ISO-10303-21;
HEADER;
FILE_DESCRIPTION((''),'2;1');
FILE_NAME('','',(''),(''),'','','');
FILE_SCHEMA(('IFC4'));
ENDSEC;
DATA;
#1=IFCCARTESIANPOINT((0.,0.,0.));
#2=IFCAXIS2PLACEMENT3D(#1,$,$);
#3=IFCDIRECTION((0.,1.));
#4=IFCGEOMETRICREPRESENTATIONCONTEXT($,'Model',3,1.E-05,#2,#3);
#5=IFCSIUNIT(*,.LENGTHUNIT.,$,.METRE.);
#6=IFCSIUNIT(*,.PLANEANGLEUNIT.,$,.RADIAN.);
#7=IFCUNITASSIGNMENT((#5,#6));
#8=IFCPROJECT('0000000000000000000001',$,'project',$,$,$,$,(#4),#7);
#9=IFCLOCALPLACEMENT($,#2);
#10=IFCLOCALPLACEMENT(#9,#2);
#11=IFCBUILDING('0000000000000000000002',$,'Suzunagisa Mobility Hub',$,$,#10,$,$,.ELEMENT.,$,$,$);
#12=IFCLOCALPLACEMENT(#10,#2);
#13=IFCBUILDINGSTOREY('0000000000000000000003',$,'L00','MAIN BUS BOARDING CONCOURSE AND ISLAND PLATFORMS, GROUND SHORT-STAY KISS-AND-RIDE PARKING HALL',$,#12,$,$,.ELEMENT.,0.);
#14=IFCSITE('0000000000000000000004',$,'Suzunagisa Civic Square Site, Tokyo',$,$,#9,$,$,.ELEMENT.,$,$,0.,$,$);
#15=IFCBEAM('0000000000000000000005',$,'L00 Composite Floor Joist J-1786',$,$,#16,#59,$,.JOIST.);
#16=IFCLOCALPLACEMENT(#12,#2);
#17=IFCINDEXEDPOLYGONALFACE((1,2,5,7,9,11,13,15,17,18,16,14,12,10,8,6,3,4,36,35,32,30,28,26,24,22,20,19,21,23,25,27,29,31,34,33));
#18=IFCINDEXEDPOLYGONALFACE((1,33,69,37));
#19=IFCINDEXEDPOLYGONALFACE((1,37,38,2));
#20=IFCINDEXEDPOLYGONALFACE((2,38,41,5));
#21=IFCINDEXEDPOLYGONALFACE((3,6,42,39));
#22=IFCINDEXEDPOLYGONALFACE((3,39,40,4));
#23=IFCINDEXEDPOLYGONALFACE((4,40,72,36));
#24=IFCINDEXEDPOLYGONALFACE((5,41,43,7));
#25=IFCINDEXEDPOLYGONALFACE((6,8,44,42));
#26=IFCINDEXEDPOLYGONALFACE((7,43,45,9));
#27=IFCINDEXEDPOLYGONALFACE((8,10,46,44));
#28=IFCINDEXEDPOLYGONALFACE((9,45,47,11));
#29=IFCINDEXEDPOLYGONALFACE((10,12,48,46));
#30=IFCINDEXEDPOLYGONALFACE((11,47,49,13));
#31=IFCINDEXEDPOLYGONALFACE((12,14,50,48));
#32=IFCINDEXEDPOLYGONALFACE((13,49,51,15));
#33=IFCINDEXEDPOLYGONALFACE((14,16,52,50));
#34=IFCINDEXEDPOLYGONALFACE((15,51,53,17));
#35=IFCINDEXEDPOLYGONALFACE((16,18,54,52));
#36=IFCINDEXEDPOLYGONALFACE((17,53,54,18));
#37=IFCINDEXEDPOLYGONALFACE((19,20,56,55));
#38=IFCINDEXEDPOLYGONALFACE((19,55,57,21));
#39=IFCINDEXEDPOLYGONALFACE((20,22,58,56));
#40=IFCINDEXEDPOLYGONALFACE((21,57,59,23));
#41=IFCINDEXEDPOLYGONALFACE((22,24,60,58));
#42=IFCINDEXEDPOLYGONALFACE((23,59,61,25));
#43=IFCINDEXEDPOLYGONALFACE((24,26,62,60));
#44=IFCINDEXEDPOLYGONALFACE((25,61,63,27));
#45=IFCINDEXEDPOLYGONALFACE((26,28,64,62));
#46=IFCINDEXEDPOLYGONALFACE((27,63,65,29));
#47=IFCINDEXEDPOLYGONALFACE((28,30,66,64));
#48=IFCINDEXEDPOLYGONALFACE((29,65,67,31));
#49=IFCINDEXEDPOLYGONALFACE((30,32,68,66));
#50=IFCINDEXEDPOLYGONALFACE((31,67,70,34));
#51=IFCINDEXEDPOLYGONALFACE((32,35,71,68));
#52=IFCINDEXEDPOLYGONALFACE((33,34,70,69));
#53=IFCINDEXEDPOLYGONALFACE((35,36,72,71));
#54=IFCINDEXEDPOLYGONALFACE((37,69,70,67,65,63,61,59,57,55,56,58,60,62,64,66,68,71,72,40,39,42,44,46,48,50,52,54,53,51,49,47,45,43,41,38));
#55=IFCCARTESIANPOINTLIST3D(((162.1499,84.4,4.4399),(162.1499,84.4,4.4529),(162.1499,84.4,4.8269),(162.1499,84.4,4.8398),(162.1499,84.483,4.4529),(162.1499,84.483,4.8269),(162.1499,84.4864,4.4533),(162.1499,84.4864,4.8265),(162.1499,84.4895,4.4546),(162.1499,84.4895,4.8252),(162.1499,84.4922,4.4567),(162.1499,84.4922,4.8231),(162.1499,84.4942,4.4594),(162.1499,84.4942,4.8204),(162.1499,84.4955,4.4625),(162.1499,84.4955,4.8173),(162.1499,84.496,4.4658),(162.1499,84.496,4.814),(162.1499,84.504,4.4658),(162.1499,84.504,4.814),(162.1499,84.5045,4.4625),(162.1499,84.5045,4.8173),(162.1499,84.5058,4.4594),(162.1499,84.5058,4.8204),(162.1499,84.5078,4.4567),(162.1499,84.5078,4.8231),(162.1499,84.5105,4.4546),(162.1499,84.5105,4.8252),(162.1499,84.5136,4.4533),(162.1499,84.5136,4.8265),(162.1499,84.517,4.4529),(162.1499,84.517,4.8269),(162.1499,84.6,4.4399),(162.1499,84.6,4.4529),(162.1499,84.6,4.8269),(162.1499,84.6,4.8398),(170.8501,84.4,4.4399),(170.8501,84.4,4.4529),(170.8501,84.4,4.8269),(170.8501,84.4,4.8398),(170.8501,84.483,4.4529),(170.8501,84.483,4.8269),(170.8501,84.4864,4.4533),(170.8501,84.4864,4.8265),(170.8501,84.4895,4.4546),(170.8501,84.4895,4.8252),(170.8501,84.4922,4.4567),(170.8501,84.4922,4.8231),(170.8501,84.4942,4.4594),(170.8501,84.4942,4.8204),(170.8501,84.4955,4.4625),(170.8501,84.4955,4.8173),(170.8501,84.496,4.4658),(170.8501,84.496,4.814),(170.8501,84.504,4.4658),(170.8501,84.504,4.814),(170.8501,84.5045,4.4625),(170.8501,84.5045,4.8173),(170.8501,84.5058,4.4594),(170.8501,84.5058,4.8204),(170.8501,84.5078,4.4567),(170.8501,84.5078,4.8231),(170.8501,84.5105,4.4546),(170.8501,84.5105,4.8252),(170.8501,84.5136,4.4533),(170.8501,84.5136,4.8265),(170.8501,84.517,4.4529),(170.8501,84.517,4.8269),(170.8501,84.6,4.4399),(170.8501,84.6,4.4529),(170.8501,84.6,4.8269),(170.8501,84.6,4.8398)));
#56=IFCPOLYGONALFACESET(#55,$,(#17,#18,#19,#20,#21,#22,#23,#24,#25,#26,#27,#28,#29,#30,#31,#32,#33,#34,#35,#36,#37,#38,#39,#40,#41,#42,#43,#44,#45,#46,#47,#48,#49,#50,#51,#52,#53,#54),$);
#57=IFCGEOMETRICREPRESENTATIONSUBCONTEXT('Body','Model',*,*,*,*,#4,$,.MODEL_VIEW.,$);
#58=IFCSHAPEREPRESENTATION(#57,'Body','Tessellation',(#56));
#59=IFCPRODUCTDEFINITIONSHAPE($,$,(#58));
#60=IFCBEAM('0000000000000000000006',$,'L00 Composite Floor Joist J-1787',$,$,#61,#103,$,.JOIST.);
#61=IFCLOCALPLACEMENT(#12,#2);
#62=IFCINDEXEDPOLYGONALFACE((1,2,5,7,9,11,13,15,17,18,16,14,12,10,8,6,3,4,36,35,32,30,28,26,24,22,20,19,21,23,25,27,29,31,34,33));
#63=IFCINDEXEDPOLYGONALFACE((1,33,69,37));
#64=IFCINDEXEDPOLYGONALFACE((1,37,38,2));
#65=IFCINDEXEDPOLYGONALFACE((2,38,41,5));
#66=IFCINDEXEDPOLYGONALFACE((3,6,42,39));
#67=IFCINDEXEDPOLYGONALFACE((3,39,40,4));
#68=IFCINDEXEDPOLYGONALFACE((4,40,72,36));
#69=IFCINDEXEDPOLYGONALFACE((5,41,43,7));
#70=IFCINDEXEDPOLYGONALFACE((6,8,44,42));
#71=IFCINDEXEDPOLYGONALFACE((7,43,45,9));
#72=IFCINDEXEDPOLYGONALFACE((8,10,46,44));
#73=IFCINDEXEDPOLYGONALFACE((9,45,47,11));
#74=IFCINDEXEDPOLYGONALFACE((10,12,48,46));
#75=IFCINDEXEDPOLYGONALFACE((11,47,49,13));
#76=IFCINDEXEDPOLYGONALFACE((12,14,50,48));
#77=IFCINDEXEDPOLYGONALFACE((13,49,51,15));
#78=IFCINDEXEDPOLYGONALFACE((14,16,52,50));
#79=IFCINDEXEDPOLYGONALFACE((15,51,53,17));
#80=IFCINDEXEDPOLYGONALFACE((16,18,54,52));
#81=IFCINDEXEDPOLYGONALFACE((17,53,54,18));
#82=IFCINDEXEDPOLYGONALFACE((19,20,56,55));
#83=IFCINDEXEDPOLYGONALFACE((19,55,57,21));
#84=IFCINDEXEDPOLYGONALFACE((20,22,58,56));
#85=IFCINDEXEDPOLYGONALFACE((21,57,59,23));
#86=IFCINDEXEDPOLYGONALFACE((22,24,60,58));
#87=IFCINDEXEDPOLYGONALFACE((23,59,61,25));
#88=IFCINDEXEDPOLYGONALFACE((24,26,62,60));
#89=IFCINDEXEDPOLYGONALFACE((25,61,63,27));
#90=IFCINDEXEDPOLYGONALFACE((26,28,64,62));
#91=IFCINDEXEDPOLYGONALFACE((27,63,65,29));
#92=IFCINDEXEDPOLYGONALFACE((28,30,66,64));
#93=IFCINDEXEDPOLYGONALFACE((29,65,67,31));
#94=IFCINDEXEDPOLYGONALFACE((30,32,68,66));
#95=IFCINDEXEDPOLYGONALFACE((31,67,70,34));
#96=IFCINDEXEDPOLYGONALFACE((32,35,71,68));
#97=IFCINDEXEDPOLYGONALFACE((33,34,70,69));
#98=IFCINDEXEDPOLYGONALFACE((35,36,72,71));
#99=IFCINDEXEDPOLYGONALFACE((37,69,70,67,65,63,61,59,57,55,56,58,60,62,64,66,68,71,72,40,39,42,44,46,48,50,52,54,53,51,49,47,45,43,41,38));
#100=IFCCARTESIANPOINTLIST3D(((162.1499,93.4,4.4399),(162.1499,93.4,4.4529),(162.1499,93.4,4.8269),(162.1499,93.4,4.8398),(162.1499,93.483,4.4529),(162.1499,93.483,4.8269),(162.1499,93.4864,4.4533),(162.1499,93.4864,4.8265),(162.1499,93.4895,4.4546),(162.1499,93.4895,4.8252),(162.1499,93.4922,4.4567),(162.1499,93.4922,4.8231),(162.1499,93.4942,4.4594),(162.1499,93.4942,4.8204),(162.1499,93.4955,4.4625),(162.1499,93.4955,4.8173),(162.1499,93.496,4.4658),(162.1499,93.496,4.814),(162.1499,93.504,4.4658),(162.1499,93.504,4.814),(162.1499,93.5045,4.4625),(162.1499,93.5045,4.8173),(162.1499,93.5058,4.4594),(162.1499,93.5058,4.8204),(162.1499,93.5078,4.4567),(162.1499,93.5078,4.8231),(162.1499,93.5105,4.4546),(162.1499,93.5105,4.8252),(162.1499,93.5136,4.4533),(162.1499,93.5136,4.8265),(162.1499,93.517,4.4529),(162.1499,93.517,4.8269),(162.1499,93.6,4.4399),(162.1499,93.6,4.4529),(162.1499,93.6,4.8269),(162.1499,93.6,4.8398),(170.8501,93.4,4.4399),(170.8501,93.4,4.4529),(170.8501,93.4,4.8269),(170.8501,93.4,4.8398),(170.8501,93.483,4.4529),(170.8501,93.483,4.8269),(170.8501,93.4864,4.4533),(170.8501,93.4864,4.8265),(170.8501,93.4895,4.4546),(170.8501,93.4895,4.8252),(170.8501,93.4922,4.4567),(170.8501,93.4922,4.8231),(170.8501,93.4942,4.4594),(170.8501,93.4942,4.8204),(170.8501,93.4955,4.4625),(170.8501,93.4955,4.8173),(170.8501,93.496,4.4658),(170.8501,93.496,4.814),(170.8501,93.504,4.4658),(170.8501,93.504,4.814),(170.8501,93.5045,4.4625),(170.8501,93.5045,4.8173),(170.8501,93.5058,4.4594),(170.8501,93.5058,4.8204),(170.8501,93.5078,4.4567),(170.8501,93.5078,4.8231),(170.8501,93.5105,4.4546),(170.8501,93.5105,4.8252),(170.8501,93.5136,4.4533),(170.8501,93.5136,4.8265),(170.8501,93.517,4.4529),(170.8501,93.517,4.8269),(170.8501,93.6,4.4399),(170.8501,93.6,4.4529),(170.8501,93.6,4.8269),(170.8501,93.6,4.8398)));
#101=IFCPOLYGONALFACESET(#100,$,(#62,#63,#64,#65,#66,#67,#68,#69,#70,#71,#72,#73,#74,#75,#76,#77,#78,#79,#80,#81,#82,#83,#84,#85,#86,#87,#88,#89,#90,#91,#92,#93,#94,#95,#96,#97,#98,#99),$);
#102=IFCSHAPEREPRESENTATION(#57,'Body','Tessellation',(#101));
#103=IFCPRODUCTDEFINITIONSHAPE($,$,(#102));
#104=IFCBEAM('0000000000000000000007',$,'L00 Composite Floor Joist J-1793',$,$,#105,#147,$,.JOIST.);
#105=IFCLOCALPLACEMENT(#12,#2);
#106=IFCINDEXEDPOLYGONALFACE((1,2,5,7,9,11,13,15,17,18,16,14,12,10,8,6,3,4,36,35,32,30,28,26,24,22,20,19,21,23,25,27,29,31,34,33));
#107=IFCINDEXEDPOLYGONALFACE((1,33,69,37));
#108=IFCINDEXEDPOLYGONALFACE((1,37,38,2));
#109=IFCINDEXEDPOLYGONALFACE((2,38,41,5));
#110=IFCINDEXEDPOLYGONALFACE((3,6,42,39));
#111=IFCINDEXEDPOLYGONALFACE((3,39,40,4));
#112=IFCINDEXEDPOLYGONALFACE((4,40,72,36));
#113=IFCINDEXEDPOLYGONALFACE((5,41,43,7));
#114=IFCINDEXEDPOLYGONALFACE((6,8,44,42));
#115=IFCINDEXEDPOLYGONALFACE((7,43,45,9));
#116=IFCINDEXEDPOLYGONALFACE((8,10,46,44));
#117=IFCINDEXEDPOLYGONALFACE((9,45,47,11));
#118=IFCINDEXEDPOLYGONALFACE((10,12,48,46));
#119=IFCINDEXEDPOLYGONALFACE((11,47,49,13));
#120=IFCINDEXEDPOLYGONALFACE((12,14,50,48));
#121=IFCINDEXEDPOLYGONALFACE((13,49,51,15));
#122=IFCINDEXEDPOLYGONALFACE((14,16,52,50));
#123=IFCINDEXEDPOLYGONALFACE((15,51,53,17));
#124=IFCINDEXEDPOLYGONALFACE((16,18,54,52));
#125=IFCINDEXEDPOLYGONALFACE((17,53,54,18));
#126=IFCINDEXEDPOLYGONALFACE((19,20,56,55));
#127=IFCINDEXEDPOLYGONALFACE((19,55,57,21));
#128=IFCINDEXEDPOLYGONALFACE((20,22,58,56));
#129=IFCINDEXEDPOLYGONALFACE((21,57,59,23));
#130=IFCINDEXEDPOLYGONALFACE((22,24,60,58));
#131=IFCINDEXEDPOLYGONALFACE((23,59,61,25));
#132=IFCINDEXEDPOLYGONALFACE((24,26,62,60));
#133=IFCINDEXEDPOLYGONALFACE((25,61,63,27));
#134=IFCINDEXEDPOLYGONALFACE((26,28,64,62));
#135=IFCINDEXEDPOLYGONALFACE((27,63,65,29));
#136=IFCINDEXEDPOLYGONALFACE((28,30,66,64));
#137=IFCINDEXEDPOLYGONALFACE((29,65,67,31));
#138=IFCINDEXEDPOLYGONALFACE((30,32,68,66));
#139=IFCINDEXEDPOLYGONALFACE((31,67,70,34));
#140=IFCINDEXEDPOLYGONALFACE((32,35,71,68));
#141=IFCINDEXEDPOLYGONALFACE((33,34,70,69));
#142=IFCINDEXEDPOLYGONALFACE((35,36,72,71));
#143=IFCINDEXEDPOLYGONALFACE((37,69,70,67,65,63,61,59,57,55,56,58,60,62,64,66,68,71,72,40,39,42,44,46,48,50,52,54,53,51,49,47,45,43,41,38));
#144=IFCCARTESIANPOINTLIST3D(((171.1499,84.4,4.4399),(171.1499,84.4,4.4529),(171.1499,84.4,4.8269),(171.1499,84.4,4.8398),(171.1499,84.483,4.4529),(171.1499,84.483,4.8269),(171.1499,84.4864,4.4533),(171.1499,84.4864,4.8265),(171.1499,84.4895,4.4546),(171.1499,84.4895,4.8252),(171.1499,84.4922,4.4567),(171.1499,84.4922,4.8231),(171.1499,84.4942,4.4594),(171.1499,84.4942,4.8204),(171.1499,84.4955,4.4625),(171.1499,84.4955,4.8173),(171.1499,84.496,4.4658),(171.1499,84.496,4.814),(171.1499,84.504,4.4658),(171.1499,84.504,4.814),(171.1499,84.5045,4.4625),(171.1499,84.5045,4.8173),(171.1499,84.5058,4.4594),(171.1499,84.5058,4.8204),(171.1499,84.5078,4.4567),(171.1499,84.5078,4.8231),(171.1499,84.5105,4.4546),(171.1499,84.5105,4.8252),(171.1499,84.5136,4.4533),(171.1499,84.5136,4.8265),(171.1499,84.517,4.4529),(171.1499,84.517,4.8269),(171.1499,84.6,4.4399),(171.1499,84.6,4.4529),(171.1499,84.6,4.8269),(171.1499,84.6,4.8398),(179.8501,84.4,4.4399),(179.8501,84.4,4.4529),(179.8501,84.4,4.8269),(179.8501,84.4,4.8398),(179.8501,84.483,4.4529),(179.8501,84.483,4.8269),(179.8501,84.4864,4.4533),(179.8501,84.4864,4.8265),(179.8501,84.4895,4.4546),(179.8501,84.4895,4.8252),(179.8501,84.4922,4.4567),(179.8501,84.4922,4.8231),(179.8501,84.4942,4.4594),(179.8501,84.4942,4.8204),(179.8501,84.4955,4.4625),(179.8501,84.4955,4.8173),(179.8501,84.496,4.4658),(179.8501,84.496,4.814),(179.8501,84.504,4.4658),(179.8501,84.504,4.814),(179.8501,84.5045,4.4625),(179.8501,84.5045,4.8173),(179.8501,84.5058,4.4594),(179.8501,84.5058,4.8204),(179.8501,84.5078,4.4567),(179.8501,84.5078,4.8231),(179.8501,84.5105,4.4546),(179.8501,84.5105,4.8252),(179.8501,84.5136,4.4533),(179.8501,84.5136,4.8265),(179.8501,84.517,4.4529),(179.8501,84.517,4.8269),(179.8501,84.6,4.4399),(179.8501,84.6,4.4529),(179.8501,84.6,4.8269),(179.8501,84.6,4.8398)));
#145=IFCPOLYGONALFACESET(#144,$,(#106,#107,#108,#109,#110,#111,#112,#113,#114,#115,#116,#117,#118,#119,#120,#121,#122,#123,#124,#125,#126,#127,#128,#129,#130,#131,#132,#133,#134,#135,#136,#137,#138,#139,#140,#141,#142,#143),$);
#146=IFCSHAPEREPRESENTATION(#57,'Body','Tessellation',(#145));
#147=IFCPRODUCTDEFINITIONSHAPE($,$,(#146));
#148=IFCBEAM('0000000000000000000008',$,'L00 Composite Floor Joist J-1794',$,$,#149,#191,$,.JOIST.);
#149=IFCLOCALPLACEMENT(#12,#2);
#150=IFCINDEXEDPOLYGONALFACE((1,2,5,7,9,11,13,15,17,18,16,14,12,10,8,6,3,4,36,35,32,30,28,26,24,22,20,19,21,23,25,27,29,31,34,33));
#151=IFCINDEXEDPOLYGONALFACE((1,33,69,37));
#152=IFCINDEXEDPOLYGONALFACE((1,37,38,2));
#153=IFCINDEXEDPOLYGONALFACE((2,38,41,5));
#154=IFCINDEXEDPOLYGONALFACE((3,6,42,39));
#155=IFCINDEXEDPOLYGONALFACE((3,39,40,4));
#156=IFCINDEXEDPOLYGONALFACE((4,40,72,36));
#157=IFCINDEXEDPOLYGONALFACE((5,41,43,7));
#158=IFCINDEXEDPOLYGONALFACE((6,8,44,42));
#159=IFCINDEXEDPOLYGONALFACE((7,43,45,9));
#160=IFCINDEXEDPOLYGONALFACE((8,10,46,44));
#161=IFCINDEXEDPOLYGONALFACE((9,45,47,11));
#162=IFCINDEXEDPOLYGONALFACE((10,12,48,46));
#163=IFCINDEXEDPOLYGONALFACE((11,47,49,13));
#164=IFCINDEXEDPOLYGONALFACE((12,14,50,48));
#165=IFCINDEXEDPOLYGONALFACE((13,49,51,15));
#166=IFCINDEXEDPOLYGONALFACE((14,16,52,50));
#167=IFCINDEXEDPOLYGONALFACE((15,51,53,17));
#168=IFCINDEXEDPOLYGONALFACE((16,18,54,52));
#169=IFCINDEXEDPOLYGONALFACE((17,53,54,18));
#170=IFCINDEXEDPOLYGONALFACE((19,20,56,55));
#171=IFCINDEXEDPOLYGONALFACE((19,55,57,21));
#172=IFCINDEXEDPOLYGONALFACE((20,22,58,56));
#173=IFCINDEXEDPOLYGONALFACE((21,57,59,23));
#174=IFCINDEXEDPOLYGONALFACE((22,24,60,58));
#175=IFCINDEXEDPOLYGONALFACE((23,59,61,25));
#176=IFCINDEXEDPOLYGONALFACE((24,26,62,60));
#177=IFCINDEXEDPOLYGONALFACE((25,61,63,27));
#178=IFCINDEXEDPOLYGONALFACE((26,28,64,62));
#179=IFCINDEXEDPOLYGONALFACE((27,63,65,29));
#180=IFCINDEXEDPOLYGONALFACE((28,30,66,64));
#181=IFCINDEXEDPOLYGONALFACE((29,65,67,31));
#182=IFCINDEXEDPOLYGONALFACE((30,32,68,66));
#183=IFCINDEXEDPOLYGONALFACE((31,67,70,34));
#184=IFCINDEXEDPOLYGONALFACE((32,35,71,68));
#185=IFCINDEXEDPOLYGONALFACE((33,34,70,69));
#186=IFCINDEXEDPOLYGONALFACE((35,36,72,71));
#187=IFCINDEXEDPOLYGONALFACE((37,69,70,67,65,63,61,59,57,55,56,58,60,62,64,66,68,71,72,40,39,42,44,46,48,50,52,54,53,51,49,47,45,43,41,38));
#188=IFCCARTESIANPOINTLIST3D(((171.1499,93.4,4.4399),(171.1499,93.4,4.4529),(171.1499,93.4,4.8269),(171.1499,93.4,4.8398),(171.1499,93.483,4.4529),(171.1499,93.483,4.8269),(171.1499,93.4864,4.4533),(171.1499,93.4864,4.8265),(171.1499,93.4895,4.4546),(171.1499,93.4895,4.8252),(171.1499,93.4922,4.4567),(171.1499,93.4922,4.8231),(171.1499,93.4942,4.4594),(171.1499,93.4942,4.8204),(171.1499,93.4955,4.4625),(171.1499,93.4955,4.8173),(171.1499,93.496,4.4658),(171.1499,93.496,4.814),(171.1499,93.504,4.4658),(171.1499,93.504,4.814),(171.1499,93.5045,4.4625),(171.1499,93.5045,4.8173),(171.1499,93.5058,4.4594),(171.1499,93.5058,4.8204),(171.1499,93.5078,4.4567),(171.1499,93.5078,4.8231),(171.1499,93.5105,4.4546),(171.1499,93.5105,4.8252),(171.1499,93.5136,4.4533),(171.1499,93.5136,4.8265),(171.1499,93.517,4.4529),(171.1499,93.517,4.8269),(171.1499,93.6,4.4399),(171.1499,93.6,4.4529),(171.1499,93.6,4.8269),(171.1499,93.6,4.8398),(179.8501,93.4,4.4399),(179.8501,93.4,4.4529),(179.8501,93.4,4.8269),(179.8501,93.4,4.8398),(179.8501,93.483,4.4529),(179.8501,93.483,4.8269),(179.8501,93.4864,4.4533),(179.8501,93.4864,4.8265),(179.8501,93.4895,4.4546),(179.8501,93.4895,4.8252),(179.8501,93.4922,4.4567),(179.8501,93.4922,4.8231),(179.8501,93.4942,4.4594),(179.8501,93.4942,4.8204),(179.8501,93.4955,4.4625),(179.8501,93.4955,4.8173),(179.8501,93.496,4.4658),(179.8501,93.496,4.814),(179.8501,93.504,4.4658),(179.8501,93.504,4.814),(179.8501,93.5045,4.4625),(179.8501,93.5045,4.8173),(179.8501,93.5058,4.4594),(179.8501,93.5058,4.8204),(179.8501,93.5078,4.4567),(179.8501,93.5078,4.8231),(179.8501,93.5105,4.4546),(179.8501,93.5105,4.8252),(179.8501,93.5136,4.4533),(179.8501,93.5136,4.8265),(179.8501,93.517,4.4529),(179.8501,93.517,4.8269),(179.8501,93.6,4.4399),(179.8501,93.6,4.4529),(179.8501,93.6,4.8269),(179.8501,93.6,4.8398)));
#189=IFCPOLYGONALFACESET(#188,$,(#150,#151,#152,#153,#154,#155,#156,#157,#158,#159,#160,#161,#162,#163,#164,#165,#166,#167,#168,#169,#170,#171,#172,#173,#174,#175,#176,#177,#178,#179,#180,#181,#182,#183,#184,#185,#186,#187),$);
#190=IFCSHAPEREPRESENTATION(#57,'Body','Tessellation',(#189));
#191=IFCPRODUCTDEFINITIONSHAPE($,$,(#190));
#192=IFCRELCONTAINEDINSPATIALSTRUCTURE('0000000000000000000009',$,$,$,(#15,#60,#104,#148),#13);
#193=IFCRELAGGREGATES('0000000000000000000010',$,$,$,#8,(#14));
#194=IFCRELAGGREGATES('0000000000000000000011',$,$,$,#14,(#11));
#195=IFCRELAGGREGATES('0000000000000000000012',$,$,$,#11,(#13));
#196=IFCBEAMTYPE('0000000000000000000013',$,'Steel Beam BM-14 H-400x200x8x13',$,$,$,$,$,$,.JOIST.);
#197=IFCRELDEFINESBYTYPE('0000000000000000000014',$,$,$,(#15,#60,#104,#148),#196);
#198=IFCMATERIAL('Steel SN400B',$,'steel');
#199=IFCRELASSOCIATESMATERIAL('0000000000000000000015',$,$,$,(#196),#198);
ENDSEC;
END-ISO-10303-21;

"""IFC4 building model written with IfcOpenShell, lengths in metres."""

from ifc_helpers import new_model, si_unit, direction, frame, origin, origin_2d, place, context, subcontext, project, spatial, i_section, extrude, material, material_profile, profile_set, type_object, element, save


model = new_model("IFC4")

# Units and contexts
model_context = context("Model", 3, precision=1e-05, world=origin(), true_north=direction((0.0, 1.0)))
body_context = subcontext(model_context, "Body", "Model", "MODEL_VIEW")
ifc_project = project(units=[si_unit("LENGTHUNIT", "METRE"), si_unit("PLANEANGLEUNIT", "RADIAN")], contexts=[model_context])

# Site, building, storey
site_placement = place(None, origin())
site = spatial("IfcSite", under=ifc_project, at=site_placement, Name="Suzunagisa Civic Square Site, Tokyo", CompositionType="ELEMENT", RefElevation=0.0)
building_placement = place(site_placement, origin())
building = spatial("IfcBuilding", under=site, at=building_placement, Name="Suzunagisa Mobility Hub", CompositionType="ELEMENT")
storey_placement = place(building_placement, origin())
storey = spatial("IfcBuildingStorey", under=building, at=storey_placement, Name="L00", Description="MAIN BUS BOARDING CONCOURSE AND ISLAND PLATFORMS, GROUND SHORT-STAY KISS-AND-RIDE PARKING HALL", CompositionType="ELEMENT", Elevation=0.0)

# Beams
ifc_material_1 = material(Name="Steel SN400B", Category="steel")
ifc_material_profile_1 = material_profile(ifc_material_1, i_section(OverallWidth=0.2, OverallDepth=0.3999, WebThickness=0.0081, FlangeThickness=0.0129, FilletRadius=0.0129, at=origin_2d()), Name="H-400x200x8x13")
ifc_profile_set_1 = profile_set([ifc_material_profile_1], Name="Steel SN400B")
beam_type_1 = type_object("IfcBeamType", Name="Steel Beam BM-14 H-400x200x8x13", PredefinedType="JOIST", material=ifc_profile_set_1)
for number, where, z_axis, x_axis, name in (
    (1, (162.1499, 84.5, 4.6399), (1.0, 0.0, 0.0), (0.0, 1.0, 0.0), "L00 Composite Floor Joist J-1786"),
    (2, (162.1499, 93.5, 4.6399), (1.0, 0.0, 0.0), (0.0, 1.0, 0.0), "L00 Composite Floor Joist J-1787"),
    (3, (171.1499, 84.5, 4.6399), (1.0, 0.0, 0.0), (0.0, 1.0, 0.0), "L00 Composite Floor Joist J-1793"),
    (4, (171.1499, 93.5, 4.6399), (1.0, 0.0, 0.0), (0.0, 1.0, 0.0), "L00 Composite Floor Joist J-1794"),
):
    element("IfcBeam", number, at=place(storey_placement, frame(where, z_axis=z_axis, x_axis=x_axis)), inside=storey, type_object=beam_type_1, Name=name, PredefinedType="JOIST", context=body_context, shape_type="SweptSolid", body=[
        extrude(i_section(OverallWidth=0.2, OverallDepth=0.3999, WebThickness=0.0081, FlangeThickness=0.0129, FilletRadius=0.0129, at=origin_2d()), origin(), (0.0, 0.0, 1.0), 8.7002),
    ])

save(model, "model.ifc")
